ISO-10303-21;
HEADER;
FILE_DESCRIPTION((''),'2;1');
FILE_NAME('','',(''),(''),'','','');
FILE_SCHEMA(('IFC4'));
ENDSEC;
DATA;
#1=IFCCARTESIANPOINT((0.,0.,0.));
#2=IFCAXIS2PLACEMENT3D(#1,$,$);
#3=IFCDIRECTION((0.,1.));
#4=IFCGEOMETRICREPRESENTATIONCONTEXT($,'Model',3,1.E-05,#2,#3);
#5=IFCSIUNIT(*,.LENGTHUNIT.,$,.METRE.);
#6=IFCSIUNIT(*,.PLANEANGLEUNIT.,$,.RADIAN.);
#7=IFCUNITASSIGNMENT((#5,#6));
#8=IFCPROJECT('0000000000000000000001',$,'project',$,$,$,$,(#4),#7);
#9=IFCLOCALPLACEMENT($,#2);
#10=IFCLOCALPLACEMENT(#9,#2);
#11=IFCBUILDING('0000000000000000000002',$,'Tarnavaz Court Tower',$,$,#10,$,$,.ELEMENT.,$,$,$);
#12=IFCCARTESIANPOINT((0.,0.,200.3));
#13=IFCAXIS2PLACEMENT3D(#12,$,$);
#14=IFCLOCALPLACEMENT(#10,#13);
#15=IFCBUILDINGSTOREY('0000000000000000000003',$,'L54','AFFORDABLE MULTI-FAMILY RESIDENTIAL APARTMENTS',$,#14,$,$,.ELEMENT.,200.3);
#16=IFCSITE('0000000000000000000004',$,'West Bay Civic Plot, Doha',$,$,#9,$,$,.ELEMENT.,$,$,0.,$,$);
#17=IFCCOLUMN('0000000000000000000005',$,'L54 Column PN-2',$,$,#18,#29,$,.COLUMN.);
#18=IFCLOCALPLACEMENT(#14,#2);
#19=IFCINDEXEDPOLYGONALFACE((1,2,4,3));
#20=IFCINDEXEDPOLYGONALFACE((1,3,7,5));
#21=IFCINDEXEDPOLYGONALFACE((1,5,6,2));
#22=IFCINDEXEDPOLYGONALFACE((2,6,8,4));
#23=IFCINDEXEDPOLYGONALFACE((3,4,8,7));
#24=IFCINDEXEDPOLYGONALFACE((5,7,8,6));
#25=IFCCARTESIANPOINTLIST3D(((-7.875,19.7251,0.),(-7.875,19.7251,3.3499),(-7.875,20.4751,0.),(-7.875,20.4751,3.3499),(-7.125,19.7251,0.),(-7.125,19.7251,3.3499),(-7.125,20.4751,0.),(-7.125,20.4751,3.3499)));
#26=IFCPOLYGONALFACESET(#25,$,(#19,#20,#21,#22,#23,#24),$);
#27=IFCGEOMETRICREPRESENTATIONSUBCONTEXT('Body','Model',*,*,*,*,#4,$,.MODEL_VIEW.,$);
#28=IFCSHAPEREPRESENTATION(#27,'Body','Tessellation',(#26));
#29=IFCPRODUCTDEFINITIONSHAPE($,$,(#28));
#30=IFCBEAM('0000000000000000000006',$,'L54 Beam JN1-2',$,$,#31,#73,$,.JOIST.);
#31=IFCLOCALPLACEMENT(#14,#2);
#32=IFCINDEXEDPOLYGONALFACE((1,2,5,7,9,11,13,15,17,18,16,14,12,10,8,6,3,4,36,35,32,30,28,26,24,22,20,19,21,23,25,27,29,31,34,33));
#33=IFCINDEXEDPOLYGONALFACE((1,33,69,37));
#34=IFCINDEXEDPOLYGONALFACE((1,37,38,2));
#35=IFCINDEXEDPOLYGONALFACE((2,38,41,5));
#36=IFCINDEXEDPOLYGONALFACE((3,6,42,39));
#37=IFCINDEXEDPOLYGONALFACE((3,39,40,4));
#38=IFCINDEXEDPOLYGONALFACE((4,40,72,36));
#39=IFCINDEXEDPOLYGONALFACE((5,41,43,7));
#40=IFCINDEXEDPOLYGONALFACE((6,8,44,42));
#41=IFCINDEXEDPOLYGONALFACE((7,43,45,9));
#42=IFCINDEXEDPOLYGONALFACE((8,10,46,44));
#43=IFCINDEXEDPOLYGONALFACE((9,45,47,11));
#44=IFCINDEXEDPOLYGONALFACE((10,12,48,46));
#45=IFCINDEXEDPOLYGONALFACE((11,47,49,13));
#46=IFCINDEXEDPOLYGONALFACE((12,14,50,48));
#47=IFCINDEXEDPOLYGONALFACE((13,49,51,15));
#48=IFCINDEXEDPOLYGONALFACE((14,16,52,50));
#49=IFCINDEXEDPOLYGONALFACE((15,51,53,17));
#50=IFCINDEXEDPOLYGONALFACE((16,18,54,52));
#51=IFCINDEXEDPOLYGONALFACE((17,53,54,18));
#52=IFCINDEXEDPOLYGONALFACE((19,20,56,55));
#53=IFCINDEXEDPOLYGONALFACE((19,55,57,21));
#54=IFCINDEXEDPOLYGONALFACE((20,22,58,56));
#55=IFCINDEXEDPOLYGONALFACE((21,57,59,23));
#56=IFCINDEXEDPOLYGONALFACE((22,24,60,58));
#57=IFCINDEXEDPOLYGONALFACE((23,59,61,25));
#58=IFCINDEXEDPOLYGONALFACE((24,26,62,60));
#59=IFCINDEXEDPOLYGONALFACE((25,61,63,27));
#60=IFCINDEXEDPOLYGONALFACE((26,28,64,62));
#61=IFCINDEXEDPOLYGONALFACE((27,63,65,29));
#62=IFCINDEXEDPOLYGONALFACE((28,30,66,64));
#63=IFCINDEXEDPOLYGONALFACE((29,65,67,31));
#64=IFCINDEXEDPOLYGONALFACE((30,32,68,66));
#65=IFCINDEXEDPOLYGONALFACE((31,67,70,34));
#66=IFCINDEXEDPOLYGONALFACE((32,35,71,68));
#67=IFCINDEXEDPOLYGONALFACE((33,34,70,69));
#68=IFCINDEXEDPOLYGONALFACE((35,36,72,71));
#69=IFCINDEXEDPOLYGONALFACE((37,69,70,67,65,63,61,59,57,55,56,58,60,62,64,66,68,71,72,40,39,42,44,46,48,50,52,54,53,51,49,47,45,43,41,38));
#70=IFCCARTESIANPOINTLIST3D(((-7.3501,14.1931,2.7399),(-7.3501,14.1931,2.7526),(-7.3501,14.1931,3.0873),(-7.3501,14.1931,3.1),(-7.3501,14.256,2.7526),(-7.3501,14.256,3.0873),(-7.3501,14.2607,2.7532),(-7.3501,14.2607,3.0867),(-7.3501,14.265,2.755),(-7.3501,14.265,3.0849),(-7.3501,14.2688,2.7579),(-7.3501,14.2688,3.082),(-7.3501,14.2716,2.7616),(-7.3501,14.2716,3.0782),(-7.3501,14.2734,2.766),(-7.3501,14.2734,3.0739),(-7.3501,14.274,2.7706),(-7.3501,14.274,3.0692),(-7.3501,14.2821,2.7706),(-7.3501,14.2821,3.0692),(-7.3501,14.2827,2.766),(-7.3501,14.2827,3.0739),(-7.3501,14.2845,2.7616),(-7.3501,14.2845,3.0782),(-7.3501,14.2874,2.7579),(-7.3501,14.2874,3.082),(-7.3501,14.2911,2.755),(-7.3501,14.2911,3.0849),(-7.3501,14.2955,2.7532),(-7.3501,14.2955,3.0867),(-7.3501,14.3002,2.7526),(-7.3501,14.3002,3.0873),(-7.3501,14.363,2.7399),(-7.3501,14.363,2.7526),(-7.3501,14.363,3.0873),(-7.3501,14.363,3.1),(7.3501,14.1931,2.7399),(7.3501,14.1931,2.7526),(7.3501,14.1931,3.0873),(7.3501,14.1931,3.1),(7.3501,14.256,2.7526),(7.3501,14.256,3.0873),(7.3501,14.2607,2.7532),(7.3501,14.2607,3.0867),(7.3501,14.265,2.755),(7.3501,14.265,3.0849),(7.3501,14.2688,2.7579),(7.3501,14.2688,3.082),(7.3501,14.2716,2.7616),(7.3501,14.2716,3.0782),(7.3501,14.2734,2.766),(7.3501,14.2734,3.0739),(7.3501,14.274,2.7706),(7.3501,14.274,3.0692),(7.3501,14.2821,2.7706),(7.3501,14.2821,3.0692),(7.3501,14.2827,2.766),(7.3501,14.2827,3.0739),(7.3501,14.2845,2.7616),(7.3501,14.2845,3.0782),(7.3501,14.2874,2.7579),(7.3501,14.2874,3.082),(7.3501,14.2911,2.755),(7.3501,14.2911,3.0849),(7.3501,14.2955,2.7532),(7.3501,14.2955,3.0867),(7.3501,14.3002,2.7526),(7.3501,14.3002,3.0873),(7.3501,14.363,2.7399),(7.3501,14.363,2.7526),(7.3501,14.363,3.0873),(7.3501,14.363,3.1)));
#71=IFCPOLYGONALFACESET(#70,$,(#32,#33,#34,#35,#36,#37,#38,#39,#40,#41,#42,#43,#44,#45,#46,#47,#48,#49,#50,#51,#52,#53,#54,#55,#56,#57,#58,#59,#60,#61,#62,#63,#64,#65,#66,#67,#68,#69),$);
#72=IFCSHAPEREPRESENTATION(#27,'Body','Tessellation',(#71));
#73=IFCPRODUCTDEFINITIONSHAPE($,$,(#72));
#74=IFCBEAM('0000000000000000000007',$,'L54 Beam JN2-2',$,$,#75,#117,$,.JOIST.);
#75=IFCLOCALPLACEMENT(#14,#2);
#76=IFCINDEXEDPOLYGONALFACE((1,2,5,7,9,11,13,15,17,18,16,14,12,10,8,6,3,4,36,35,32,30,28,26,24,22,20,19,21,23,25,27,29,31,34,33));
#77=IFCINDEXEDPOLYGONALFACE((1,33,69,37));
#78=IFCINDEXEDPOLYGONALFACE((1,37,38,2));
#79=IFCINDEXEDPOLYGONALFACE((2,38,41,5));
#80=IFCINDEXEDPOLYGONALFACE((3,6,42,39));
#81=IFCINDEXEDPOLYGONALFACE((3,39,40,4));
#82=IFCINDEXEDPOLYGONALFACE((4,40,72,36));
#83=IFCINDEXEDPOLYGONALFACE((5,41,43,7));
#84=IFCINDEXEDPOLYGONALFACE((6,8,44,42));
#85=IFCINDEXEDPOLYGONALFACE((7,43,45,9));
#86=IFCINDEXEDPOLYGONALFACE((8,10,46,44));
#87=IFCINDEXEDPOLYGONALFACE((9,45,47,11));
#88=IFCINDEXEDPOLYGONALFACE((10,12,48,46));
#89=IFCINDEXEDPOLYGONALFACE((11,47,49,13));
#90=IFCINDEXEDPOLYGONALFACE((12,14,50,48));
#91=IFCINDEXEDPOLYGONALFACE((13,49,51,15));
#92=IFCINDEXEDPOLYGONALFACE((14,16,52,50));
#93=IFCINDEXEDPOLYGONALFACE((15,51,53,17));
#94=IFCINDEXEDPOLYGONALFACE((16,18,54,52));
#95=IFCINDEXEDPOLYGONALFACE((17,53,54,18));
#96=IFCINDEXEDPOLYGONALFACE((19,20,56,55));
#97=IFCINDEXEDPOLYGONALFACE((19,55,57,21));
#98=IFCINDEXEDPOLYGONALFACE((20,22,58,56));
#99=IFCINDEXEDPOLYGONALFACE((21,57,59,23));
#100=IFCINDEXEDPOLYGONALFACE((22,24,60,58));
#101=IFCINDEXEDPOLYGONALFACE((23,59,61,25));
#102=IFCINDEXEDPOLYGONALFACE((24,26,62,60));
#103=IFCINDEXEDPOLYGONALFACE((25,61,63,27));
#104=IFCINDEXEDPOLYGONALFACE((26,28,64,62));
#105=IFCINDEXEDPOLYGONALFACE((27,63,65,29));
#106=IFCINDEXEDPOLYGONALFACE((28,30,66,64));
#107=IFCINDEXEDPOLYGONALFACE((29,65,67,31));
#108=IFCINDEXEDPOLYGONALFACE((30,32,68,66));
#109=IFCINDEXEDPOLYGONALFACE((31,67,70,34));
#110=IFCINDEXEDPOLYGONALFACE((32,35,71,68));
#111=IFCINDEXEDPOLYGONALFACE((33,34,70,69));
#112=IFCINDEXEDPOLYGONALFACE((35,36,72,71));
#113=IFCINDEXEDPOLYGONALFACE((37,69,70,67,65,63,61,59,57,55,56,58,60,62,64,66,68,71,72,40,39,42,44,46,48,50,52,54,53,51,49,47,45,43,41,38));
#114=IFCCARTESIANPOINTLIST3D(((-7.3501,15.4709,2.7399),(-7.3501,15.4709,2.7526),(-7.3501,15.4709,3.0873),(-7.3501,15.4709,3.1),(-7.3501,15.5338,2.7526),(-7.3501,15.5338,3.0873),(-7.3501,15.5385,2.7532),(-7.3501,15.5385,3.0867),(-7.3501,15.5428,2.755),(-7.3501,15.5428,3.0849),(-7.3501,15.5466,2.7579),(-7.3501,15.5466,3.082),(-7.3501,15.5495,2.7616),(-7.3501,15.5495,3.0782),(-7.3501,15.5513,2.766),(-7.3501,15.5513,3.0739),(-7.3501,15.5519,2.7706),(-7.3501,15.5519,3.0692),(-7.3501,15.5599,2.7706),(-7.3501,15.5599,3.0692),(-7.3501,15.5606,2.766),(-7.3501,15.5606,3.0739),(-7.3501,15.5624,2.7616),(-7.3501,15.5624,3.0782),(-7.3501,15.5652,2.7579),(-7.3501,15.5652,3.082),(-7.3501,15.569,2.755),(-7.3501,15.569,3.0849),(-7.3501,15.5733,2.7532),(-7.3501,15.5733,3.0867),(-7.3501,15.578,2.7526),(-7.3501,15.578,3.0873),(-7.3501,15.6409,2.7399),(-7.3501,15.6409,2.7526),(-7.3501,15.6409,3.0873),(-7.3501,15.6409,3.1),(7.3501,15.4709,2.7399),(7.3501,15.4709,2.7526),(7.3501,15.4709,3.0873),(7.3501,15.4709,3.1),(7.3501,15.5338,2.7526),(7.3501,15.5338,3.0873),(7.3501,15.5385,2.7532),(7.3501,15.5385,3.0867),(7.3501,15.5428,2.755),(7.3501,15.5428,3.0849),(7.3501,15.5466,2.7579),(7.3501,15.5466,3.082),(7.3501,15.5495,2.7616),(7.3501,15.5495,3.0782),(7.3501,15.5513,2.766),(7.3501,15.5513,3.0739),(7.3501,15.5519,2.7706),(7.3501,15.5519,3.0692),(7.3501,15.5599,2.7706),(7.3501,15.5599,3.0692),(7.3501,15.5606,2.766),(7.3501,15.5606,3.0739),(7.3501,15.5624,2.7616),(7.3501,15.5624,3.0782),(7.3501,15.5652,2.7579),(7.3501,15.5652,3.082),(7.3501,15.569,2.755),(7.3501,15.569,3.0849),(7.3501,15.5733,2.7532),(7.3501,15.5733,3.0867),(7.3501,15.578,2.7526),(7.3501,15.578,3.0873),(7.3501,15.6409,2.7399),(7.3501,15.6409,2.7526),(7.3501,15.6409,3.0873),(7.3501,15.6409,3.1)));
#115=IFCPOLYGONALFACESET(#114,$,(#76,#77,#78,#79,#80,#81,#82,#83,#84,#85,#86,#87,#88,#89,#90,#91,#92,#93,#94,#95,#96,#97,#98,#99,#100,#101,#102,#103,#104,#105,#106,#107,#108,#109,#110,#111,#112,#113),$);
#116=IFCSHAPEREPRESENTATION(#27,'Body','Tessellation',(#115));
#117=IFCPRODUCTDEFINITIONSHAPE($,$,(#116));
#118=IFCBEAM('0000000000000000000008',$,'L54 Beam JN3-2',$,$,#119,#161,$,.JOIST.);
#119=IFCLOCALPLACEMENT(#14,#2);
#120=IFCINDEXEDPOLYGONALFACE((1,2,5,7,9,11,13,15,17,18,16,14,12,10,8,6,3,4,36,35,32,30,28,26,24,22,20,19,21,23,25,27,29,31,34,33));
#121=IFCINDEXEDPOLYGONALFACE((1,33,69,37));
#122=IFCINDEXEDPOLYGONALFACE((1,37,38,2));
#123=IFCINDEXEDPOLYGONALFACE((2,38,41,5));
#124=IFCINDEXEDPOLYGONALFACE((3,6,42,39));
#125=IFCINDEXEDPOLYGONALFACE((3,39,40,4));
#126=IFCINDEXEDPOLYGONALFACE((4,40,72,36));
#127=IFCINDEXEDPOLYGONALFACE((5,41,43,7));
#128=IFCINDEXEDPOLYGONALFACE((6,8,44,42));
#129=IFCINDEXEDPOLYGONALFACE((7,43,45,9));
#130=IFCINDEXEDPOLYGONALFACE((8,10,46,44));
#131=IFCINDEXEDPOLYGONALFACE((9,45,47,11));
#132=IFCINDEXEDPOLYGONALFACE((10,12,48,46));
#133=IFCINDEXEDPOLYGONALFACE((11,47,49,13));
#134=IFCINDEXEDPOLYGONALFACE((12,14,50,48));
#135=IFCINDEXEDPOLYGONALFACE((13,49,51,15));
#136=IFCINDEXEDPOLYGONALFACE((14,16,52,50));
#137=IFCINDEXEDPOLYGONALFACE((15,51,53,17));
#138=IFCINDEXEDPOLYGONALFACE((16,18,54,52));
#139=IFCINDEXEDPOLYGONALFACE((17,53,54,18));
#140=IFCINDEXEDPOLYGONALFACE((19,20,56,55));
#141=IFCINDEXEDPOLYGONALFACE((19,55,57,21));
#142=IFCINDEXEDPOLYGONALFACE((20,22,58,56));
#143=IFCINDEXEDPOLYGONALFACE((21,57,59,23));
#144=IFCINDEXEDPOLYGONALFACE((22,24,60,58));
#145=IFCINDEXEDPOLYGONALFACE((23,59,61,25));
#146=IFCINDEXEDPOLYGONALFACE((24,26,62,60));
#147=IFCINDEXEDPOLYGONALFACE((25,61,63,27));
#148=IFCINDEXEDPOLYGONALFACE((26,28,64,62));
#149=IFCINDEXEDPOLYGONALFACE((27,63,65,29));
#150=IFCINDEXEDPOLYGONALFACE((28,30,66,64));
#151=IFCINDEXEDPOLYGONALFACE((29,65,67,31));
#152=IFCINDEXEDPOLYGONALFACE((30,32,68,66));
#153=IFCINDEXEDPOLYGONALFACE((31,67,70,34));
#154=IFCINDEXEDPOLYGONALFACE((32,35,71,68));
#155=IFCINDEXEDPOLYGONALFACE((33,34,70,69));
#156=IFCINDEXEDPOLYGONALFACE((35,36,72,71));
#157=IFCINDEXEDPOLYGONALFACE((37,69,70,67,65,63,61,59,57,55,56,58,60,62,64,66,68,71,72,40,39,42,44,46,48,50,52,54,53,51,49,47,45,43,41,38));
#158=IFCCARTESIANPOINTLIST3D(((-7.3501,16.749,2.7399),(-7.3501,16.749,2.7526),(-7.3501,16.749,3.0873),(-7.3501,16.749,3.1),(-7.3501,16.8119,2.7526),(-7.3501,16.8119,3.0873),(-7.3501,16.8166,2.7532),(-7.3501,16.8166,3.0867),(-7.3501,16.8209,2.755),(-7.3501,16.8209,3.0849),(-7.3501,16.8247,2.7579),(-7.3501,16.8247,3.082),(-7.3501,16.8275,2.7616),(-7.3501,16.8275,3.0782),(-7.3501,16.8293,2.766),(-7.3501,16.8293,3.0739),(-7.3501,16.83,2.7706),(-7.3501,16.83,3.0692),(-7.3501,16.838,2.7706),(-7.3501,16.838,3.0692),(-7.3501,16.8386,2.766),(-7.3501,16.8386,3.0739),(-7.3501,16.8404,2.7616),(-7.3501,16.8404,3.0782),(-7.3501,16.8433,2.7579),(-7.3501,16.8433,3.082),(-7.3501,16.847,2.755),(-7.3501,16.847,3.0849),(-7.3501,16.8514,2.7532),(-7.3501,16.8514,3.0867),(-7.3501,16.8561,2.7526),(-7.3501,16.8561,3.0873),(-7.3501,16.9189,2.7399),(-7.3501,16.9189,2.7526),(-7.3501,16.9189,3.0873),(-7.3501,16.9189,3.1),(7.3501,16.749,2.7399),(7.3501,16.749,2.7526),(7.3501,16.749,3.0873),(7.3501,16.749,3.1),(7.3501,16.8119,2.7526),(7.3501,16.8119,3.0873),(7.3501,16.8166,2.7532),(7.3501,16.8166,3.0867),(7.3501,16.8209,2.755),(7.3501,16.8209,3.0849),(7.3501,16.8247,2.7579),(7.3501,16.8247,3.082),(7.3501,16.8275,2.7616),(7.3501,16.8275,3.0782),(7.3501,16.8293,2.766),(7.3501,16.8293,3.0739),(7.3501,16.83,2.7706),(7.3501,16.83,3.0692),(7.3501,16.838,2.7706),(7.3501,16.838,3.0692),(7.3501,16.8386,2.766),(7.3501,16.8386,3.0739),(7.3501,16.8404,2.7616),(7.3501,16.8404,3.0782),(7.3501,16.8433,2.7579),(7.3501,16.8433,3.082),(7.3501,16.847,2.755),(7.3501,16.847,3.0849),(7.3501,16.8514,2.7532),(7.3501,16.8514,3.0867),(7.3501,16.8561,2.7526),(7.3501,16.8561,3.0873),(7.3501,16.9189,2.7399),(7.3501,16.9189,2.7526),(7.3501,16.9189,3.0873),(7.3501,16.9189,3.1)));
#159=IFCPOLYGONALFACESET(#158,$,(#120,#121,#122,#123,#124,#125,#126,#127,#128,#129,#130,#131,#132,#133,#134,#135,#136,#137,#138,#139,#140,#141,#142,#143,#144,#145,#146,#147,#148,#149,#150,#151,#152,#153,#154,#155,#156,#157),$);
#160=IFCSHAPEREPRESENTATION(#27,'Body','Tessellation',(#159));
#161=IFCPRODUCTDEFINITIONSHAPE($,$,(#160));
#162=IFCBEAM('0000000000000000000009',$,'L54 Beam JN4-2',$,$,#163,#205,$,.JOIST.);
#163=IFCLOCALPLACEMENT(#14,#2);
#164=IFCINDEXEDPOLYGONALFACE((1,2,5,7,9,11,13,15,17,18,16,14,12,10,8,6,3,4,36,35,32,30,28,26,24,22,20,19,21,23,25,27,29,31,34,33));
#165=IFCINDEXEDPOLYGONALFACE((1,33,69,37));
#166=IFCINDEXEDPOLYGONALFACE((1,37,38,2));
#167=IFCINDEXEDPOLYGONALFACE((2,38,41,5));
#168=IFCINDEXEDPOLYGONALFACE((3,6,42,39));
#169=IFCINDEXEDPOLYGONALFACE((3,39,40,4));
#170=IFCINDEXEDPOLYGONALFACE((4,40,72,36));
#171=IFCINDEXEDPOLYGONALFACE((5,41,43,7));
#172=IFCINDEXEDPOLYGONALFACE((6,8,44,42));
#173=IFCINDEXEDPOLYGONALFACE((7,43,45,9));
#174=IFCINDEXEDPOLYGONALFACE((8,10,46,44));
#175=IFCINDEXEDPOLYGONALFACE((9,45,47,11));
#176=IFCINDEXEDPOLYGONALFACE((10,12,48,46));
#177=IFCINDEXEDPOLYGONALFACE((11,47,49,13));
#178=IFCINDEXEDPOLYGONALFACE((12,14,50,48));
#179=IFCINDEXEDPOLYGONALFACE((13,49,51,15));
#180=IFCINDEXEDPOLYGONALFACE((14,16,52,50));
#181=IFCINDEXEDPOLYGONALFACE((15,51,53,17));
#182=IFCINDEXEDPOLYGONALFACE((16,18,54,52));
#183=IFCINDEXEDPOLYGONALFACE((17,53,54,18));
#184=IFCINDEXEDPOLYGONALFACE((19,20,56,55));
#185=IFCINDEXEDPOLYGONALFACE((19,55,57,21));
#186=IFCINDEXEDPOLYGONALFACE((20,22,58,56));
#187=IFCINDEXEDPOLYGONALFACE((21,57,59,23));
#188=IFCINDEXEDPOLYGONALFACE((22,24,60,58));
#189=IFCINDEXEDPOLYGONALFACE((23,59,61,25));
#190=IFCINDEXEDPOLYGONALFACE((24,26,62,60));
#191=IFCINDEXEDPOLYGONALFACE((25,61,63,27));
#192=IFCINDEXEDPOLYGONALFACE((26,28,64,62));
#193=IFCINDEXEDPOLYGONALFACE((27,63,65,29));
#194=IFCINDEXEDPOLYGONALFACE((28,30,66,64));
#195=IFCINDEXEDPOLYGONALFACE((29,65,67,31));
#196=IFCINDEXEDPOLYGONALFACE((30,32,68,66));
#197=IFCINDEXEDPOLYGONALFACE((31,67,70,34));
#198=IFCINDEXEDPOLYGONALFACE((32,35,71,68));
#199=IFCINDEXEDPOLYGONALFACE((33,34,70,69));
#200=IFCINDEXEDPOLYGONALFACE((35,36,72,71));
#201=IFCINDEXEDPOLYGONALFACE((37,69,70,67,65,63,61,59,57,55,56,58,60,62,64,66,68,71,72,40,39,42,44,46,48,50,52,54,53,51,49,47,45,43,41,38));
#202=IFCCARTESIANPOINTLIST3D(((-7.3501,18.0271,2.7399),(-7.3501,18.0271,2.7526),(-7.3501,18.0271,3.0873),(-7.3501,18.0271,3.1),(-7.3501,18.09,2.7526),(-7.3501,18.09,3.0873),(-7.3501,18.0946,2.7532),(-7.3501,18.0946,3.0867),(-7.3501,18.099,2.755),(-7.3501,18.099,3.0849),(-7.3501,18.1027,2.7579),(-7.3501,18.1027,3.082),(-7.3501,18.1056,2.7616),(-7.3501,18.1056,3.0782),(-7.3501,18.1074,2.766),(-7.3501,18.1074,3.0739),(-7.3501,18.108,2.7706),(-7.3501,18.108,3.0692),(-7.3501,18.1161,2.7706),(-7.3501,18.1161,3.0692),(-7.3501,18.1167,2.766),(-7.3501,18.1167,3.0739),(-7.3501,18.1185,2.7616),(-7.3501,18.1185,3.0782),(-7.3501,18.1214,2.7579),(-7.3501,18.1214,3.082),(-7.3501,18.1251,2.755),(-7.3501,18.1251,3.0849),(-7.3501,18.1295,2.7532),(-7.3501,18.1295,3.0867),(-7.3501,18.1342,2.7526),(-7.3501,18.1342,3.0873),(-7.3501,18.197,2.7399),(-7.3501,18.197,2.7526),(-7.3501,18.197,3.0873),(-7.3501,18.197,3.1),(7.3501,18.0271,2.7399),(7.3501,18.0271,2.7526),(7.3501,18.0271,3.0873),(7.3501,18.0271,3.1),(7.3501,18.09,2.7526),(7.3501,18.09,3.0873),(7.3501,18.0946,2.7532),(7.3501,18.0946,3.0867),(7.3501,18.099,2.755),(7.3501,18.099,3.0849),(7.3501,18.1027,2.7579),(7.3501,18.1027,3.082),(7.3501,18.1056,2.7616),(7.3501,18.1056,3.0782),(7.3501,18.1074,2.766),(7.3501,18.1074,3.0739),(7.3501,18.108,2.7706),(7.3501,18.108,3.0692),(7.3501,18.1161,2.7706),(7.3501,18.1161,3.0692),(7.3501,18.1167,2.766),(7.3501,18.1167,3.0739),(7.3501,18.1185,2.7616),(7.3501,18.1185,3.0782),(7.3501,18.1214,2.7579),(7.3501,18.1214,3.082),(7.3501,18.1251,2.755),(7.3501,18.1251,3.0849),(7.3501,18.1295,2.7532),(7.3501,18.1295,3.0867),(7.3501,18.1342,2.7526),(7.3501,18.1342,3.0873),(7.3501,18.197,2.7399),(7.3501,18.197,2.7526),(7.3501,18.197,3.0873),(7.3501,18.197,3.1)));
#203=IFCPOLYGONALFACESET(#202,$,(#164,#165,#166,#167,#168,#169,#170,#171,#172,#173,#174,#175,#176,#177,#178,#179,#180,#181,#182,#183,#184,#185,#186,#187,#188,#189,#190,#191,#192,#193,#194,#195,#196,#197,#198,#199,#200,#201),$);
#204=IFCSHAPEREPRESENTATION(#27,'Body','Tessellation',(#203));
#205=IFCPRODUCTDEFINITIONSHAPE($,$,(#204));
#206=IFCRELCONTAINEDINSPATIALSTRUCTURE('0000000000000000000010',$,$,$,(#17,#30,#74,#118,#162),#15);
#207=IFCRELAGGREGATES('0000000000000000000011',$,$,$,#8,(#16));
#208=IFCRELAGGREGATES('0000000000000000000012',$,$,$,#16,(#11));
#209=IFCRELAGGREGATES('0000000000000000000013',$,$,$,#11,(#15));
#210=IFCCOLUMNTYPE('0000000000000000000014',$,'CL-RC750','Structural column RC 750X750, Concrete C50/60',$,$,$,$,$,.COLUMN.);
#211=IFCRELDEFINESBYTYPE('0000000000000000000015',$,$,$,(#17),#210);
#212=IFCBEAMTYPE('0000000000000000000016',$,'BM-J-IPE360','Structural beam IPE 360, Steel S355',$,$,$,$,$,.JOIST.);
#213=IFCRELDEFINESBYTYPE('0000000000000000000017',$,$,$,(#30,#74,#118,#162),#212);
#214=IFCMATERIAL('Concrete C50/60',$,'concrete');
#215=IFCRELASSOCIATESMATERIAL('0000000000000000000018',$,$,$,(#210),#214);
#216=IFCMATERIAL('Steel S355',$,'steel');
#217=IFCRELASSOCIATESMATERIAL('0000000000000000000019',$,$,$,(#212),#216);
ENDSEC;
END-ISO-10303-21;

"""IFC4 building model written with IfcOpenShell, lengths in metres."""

from ifc_helpers import new_model, si_unit, direction, frame, origin, origin_2d, place, context, subcontext, project, spatial, rectangle, i_section, extrude, material, material_profile, profile_set, type_object, element, save


model = new_model("IFC4")

# Units and contexts
model_context = context("Model", 3, precision=1e-05, world=origin(), true_north=direction((0.0, 1.0)))
body_context = subcontext(model_context, "Body", "Model", "MODEL_VIEW")
ifc_project = project(units=[si_unit("LENGTHUNIT", "METRE"), si_unit("PLANEANGLEUNIT", "RADIAN")], contexts=[model_context])

# Site, building, storey
site_placement = place(None, origin())
site = spatial("IfcSite", under=ifc_project, at=site_placement, Name="West Bay Civic Plot, Doha", CompositionType="ELEMENT", RefElevation=0.0)
building_placement = place(site_placement, origin())
building = spatial("IfcBuilding", under=site, at=building_placement, Name="Tarnavaz Court Tower", CompositionType="ELEMENT")
storey_placement = place(building_placement, frame((0.0, 0.0, 200.3)))
storey = spatial("IfcBuildingStorey", under=building, at=storey_placement, Name="L54", Description="AFFORDABLE MULTI-FAMILY RESIDENTIAL APARTMENTS", CompositionType="ELEMENT", Elevation=200.3)

# Column
ifc_material_1 = material(Name="Concrete C50/60", Category="concrete")
ifc_material_profile_1 = material_profile(ifc_material_1, rectangle(XDim=0.75, YDim=0.75, at=origin_2d()), Name="RC 750X750")
ifc_profile_set_1 = profile_set([ifc_material_profile_1], Name="Concrete C50/60")
column_type = type_object("IfcColumnType", Name="CL-RC750", Description="Structural column RC 750X750, Concrete C50/60", PredefinedType="COLUMN", material=ifc_profile_set_1)
column_placement = place(storey_placement, frame((-7.5, 20.1001, 0.0), z_axis=(0.0, 0.0, 1.0), x_axis=(1.0, 0.0, 0.0)))
element("IfcColumn", 1, at=column_placement, inside=storey, type_object=column_type, Name="L54 Column PN-2", PredefinedType="COLUMN", context=body_context, shape_type="SweptSolid", body=[
    extrude(rectangle(XDim=0.75, YDim=0.75, at=origin_2d()), origin(), (0.0, 0.0, 1.0), 3.3499),
])

# Beams
ifc_material_2 = material(Name="Steel S355", Category="steel")
ifc_material_profile_2 = material_profile(ifc_material_2, i_section(OverallWidth=0.1699, OverallDepth=0.3601, WebThickness=0.0081, FlangeThickness=0.0127, FilletRadius=0.0181, at=origin_2d()), Name="IPE 360")
ifc_profile_set_2 = profile_set([ifc_material_profile_2], Name="Steel S355")
beam_type_1 = type_object("IfcBeamType", Name="BM-J-IPE360", Description="Structural beam IPE 360, Steel S355", PredefinedType="JOIST", material=ifc_profile_set_2)
for number, where, z_axis, x_axis, name in (
    (2, (-7.3501, 14.2781, 2.9199), (1.0, 0.0, 0.0), (0.0, 1.0, 0.0), "L54 Beam JN1-2"),
    (3, (-7.3501, 15.5559, 2.9199), (1.0, 0.0, 0.0), (0.0, 1.0, 0.0), "L54 Beam JN2-2"),
    (4, (-7.3501, 16.834, 2.9199), (1.0, 0.0, 0.0), (0.0, 1.0, 0.0), "L54 Beam JN3-2"),
    (5, (-7.3501, 18.1121, 2.9199), (1.0, 0.0, 0.0), (0.0, 1.0, 0.0), "L54 Beam JN4-2"),
):
    element("IfcBeam", number, at=place(storey_placement, frame(where, z_axis=z_axis, x_axis=x_axis)), inside=storey, type_object=beam_type_1, Name=name, PredefinedType="JOIST", context=body_context, shape_type="SweptSolid", body=[
        extrude(i_section(OverallWidth=0.1699, OverallDepth=0.3601, WebThickness=0.0081, FlangeThickness=0.0127, FilletRadius=0.0181, at=origin_2d()), origin(), (0.0, 0.0, 1.0), 14.7002),
    ])

save(model, "model.ifc")
